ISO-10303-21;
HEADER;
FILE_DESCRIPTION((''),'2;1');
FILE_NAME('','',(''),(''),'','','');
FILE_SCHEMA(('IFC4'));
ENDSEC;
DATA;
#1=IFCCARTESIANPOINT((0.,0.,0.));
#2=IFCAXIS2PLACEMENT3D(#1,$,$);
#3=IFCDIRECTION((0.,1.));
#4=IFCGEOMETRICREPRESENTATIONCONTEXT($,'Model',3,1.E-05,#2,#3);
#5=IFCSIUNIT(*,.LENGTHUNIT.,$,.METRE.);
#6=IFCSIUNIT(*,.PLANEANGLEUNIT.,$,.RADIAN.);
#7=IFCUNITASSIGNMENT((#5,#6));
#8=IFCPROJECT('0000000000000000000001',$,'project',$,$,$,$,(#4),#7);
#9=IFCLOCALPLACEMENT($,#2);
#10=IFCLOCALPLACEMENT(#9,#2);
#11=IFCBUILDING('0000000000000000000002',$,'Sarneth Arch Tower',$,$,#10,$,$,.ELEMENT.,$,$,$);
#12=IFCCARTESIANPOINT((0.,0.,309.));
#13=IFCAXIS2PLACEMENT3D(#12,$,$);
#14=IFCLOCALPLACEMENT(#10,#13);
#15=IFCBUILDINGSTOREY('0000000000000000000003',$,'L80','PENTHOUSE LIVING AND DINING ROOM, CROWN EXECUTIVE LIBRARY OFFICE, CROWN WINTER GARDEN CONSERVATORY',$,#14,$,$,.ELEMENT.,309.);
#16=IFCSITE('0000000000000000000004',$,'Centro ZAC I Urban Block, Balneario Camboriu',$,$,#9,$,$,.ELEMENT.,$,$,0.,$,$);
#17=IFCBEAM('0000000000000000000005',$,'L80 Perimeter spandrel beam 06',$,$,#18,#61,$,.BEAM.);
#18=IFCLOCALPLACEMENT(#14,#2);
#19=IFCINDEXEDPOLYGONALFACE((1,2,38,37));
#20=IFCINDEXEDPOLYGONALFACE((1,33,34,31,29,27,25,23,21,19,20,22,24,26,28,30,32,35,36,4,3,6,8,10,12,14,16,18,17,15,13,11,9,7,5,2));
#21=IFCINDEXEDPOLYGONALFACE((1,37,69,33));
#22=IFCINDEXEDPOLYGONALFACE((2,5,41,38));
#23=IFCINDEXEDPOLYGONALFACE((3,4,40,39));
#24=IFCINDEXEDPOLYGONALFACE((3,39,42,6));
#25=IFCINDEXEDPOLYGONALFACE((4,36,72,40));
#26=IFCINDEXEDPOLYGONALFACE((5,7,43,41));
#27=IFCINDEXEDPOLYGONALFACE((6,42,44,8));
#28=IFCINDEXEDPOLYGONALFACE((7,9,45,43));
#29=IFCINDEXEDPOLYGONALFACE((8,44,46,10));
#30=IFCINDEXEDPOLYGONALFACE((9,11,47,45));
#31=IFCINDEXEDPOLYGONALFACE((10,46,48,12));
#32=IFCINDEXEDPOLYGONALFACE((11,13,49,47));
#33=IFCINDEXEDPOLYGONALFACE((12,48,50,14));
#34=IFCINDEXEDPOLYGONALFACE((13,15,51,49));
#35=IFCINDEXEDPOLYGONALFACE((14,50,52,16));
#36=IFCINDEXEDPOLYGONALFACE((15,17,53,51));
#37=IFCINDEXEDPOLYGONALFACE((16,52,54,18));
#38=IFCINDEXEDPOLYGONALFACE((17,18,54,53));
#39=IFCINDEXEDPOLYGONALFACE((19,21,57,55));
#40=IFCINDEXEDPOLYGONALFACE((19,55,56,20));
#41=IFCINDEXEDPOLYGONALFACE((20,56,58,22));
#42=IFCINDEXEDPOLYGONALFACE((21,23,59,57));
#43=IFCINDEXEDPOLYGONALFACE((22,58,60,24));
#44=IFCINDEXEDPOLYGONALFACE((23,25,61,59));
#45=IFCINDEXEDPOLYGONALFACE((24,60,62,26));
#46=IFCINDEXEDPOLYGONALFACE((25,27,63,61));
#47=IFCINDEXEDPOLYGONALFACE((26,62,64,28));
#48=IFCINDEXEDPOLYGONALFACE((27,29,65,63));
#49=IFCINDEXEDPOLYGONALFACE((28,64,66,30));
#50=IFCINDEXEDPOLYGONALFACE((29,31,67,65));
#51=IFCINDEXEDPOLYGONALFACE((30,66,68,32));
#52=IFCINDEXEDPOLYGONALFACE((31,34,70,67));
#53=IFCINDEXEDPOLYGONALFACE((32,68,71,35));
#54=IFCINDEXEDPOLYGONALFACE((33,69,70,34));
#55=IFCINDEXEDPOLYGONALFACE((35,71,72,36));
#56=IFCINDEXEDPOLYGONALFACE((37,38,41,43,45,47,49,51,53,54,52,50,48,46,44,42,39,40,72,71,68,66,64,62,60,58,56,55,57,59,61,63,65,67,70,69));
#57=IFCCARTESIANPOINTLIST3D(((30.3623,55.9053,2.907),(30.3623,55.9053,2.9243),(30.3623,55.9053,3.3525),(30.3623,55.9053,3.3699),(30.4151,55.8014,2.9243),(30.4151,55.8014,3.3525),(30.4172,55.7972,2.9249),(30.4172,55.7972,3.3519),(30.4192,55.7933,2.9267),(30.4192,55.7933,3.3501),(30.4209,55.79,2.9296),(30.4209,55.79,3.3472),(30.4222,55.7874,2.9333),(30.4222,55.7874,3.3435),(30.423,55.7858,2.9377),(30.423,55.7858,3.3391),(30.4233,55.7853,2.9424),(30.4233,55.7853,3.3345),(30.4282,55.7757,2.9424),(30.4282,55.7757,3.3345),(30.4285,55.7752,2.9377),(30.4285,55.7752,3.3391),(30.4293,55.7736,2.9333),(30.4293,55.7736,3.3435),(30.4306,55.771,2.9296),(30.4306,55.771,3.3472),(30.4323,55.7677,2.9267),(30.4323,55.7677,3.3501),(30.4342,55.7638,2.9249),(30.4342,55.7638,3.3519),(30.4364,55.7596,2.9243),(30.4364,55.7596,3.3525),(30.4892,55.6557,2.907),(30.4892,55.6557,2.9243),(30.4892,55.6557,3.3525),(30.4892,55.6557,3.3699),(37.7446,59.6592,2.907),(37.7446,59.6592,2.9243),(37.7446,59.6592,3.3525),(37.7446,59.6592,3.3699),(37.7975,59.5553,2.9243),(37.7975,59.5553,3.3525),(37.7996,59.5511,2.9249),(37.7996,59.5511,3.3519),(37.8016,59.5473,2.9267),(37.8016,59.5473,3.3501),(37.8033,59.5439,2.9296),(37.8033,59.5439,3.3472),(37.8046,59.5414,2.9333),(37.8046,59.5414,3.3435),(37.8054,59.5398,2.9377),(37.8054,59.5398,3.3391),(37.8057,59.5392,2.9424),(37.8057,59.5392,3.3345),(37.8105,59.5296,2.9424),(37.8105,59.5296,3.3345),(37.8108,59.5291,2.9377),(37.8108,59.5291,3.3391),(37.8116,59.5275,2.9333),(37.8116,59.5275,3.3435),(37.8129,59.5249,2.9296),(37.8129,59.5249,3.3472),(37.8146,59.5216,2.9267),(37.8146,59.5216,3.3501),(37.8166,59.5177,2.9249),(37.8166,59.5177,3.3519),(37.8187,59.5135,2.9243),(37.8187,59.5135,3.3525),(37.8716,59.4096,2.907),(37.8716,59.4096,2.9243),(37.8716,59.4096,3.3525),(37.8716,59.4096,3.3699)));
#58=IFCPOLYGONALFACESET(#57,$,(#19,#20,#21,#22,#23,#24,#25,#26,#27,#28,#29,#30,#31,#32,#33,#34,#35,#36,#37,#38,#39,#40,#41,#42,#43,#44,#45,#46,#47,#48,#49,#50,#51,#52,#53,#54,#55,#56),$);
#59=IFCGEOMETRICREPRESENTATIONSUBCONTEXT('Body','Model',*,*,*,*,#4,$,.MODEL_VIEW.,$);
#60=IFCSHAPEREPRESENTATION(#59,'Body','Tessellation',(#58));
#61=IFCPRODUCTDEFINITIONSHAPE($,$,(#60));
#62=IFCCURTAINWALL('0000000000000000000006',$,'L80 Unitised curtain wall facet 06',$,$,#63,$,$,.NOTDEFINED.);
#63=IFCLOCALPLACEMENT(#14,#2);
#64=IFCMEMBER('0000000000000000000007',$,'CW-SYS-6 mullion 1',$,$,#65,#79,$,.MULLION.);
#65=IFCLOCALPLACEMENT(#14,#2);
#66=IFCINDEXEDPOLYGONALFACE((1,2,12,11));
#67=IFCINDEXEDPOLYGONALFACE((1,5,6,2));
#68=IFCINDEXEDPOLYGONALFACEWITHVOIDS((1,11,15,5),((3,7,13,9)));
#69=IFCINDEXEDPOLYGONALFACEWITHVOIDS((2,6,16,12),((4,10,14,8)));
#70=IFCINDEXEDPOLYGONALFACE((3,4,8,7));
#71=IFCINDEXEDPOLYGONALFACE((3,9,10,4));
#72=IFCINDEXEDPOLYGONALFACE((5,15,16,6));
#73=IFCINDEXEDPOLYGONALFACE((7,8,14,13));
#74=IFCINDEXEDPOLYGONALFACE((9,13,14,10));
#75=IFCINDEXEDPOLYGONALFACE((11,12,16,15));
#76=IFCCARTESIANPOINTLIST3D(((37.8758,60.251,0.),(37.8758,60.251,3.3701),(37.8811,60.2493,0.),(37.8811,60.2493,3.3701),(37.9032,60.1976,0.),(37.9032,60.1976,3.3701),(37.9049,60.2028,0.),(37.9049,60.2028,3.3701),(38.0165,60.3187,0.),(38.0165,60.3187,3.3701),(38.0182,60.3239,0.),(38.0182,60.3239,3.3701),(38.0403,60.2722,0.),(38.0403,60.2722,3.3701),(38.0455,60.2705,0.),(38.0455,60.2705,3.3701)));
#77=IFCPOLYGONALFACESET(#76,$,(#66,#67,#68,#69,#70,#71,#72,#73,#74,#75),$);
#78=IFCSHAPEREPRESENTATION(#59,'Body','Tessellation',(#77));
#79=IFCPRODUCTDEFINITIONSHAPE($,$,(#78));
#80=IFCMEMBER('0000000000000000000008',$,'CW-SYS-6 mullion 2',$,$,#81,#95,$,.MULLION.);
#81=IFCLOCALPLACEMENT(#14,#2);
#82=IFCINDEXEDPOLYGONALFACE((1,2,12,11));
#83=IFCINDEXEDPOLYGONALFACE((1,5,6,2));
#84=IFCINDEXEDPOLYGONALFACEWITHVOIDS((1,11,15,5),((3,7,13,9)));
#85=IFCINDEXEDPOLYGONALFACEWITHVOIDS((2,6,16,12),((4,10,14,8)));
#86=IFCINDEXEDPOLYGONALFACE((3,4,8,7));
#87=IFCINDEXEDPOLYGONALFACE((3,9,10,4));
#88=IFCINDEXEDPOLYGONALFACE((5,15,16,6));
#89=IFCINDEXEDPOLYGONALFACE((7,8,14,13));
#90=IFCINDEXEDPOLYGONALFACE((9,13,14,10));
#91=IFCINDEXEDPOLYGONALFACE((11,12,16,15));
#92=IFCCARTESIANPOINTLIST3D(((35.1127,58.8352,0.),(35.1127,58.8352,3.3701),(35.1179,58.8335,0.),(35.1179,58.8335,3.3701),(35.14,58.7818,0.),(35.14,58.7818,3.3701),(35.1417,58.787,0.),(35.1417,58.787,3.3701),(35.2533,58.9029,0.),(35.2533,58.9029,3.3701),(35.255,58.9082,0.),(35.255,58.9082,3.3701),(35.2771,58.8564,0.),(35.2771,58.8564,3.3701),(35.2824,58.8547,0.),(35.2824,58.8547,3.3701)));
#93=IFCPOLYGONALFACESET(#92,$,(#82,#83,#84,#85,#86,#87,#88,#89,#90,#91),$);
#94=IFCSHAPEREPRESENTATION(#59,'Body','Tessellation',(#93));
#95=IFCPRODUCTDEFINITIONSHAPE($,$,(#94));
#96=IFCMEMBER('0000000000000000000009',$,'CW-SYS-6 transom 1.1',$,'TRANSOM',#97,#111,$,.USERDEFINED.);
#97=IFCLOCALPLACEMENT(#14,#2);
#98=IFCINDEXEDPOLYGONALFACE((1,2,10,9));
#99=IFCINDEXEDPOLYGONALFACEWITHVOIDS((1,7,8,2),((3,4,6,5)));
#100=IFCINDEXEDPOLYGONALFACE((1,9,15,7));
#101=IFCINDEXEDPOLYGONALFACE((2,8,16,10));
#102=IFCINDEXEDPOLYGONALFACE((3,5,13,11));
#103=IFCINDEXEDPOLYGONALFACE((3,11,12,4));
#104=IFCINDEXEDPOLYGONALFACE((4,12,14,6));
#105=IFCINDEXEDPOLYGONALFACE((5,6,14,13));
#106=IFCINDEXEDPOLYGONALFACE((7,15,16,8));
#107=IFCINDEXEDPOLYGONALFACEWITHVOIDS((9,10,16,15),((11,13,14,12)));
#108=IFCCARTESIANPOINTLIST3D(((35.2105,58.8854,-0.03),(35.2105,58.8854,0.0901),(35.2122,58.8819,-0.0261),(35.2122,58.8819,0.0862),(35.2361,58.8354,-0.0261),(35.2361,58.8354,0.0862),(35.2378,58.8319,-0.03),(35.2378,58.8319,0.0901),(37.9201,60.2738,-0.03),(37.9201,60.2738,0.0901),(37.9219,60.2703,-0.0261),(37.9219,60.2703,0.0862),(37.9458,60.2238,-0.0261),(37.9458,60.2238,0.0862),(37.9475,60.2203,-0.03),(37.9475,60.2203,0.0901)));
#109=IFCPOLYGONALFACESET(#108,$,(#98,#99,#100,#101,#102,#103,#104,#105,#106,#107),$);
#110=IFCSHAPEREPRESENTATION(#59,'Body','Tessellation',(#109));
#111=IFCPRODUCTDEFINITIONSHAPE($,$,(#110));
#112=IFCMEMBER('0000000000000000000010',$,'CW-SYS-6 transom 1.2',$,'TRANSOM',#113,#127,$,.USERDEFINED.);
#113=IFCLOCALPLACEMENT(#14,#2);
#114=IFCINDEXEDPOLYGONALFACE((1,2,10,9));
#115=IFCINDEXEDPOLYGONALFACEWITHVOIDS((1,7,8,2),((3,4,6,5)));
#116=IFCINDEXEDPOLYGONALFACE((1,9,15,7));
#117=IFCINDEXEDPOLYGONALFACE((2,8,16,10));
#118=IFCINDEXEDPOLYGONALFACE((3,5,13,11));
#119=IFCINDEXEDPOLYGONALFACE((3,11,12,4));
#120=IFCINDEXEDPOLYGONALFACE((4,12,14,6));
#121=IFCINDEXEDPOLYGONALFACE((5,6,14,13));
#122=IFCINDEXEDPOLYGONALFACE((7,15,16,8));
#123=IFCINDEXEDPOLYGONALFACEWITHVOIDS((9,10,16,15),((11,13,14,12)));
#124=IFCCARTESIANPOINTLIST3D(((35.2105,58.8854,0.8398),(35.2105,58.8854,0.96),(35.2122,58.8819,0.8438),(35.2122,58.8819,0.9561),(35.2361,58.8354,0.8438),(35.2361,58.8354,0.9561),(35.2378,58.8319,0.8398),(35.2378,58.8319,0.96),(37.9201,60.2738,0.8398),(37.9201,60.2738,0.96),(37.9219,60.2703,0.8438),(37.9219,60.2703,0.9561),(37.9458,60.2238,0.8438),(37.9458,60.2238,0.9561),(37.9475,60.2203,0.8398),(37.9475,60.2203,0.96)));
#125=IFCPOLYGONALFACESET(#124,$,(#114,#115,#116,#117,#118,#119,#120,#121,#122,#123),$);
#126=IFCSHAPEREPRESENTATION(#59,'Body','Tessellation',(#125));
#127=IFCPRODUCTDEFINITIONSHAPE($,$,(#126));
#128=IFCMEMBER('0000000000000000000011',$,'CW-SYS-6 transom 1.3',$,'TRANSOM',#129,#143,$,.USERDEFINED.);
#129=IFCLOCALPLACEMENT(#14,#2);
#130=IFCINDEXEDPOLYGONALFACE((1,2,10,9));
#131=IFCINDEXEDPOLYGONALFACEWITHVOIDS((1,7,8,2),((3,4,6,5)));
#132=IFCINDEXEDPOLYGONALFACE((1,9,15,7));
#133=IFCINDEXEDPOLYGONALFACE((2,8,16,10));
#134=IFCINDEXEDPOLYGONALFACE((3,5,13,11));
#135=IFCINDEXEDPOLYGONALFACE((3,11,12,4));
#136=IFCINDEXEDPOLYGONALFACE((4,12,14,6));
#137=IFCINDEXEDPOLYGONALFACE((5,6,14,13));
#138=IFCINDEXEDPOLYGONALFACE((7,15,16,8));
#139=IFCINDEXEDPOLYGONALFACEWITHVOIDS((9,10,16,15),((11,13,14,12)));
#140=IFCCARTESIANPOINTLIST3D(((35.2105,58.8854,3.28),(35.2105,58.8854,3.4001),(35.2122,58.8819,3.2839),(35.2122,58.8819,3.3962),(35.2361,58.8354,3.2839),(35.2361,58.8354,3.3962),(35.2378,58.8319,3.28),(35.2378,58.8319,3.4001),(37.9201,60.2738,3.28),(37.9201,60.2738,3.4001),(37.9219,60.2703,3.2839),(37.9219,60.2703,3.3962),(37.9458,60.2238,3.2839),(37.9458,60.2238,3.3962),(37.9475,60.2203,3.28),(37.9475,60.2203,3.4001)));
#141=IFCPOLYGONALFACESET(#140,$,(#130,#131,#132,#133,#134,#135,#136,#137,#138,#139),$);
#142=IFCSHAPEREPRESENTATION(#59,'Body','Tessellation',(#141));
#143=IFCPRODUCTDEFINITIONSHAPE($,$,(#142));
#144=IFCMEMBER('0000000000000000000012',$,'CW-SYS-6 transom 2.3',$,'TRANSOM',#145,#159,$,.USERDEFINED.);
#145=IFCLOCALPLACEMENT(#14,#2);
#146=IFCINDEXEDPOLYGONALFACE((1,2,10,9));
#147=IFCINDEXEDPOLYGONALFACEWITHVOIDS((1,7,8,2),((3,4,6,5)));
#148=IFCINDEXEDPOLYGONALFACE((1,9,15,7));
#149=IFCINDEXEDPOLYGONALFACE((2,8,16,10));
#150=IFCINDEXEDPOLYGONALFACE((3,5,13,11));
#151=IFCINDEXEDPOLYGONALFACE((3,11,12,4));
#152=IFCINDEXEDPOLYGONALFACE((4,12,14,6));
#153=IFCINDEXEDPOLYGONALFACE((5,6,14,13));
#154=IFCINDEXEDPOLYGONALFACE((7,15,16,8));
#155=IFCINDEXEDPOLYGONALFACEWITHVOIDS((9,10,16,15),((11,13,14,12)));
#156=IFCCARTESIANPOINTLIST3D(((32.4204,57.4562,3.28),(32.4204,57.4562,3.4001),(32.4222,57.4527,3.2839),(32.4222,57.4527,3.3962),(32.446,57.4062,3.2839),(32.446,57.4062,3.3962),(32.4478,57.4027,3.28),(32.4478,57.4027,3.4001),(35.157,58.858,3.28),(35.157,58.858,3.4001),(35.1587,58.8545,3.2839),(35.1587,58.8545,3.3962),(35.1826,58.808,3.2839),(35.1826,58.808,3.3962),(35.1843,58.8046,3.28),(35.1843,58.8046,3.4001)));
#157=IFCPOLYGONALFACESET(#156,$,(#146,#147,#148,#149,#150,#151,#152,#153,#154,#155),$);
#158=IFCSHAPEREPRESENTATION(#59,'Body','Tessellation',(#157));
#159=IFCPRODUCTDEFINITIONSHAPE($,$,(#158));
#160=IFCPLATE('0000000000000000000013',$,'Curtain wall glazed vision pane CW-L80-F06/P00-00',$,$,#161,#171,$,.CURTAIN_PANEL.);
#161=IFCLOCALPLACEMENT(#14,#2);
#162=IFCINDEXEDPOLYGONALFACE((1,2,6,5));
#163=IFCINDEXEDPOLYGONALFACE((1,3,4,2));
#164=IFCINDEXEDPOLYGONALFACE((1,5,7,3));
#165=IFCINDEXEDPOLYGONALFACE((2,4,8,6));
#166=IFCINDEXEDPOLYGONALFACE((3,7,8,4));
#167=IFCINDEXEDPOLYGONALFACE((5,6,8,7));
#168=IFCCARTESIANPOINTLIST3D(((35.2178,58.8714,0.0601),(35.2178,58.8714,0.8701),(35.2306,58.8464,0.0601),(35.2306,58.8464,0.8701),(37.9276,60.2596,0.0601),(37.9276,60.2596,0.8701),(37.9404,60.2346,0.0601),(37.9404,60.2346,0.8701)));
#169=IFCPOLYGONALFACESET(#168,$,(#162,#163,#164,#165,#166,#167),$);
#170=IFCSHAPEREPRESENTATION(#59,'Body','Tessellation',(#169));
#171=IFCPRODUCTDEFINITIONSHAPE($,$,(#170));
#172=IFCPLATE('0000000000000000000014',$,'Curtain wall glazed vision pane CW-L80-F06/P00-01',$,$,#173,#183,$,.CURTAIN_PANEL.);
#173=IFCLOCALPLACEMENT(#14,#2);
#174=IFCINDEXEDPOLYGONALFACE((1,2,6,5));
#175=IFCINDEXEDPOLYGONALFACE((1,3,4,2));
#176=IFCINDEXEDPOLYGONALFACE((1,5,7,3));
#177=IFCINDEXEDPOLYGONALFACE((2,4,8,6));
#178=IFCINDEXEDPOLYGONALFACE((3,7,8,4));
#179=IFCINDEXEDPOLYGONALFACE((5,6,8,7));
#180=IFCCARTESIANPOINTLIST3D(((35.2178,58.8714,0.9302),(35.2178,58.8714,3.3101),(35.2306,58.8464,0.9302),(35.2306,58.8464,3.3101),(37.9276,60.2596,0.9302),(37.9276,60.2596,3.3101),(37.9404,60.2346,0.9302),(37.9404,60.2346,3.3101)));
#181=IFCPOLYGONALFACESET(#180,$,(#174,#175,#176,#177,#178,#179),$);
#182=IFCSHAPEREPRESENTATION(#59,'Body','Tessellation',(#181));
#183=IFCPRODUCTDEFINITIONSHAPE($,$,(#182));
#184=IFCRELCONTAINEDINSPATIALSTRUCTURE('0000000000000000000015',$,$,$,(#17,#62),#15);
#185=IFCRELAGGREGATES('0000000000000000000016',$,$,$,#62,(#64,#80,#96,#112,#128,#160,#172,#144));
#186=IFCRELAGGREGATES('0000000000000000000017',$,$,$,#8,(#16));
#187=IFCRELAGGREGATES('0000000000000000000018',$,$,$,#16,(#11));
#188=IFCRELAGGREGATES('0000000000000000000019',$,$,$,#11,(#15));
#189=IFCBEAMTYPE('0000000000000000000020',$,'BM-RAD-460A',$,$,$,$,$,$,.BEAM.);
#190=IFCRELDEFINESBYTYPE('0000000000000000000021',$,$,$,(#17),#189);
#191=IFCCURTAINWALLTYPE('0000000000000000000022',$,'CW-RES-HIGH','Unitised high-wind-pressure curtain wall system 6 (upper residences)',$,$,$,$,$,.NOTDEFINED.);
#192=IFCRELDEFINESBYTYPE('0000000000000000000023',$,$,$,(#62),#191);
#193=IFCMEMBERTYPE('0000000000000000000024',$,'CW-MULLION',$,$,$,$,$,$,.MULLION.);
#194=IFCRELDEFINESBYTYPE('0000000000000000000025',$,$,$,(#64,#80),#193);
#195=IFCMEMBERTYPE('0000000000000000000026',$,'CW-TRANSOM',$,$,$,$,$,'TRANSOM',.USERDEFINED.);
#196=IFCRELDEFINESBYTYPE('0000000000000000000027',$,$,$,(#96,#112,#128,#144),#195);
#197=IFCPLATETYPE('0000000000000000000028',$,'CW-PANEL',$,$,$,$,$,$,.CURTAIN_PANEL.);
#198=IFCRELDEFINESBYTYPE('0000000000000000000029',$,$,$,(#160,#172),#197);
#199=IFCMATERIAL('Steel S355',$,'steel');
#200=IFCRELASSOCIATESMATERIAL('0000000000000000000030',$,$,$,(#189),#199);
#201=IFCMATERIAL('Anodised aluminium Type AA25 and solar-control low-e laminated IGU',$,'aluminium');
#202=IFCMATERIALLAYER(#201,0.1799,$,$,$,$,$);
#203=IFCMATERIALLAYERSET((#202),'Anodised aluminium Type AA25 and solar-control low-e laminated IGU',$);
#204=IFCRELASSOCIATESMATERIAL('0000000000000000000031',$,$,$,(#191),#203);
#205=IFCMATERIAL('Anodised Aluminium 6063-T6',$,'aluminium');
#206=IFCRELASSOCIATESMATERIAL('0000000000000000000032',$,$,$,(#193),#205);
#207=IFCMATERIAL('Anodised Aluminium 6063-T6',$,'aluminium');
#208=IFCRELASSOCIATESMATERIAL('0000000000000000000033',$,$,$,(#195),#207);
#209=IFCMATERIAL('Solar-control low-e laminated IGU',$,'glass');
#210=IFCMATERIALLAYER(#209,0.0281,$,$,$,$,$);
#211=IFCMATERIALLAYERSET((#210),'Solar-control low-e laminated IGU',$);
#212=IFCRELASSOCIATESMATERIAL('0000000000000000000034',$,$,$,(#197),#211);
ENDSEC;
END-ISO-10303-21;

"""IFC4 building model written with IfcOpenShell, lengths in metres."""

from ifc_helpers import new_model, si_unit, direction, frame, origin, origin_2d, place, context, subcontext, project, spatial, rectangle, hollow_rectangle, i_section, extrude, material, layer, layer_set, material_profile, profile_set, type_object, element, aggregate, save


model = new_model("IFC4")

# Units and contexts
model_context = context("Model", 3, precision=1e-05, world=origin(), true_north=direction((0.0, 1.0)))
body_context = subcontext(model_context, "Body", "Model", "MODEL_VIEW")
ifc_project = project(units=[si_unit("LENGTHUNIT", "METRE"), si_unit("PLANEANGLEUNIT", "RADIAN")], contexts=[model_context])

# Site, building, storey
site_placement = place(None, origin())
site = spatial("IfcSite", under=ifc_project, at=site_placement, Name="Centro ZAC I Urban Block, Balneario Camboriu", CompositionType="ELEMENT", RefElevation=0.0)
building_placement = place(site_placement, origin())
building = spatial("IfcBuilding", under=site, at=building_placement, Name="Sarneth Arch Tower", CompositionType="ELEMENT")
storey_placement = place(building_placement, frame((0.0, 0.0, 309.0)))
storey = spatial("IfcBuildingStorey", under=building, at=storey_placement, Name="L80", Description="PENTHOUSE LIVING AND DINING ROOM, CROWN EXECUTIVE LIBRARY OFFICE, CROWN WINTER GARDEN CONSERVATORY", CompositionType="ELEMENT", Elevation=309.0)

# Beam
ifc_material_1 = material(Name="Steel S355", Category="steel")
ifc_material_profile_1 = material_profile(ifc_material_1, i_section(OverallWidth=0.28, OverallDepth=0.4629, WebThickness=0.0107, FlangeThickness=0.0173, FilletRadius=0.0181, at=origin_2d()), Name="W460x113")
ifc_profile_set_1 = profile_set([ifc_material_profile_1], Name="Steel S355")
beam_type_1 = type_object("IfcBeamType", Name="BM-RAD-460A", PredefinedType="BEAM", material=ifc_profile_set_1)
beam_1_placement = place(storey_placement, frame((37.8081, 59.5344, 3.1384), z_axis=(-0.891376, -0.453264, 0.0), x_axis=(0.453264, -0.891376, 0.0)))
element("IfcBeam", 1, at=beam_1_placement, inside=storey, type_object=beam_type_1, Name="L80 Perimeter spandrel beam 06", PredefinedType="BEAM", context=body_context, shape_type="SweptSolid", body=[
    extrude(i_section(OverallWidth=0.28, OverallDepth=0.4629, WebThickness=0.0107, FlangeThickness=0.0173, FilletRadius=0.0181, at=origin_2d()), origin(), (0.0, 0.0, 1.0), 8.282),
])

# Curtain wall, members, plates
ifc_material_2 = material(Name="Anodised aluminium Type AA25 and solar-control low-e laminated IGU", Category="aluminium")
ifc_layer_1 = layer(ifc_material_2, 0.1799)
ifc_layer_set_1 = layer_set([ifc_layer_1], Name="Anodised aluminium Type AA25 and solar-control low-e laminated IGU")
curtain_wall_type = type_object("IfcCurtainWallType", Name="CW-RES-HIGH", Description="Unitised high-wind-pressure curtain wall system 6 (upper residences)", PredefinedType="NOTDEFINED", material=ifc_layer_set_1)
curtain_wall_placement = place(storey_placement, origin())
curtain_wall = element("IfcCurtainWall", 2, at=curtain_wall_placement, inside=storey, type_object=curtain_wall_type, Name="L80 Unitised curtain wall facet 06", PredefinedType="NOTDEFINED")
ifc_material_3 = material(Name="Anodised Aluminium 6063-T6", Category="aluminium")
ifc_material_profile_2 = material_profile(ifc_material_3, hollow_rectangle(XDim=0.0601, YDim=0.1599, WallThickness=0.0039, at=origin_2d()), Name="AL-MULL-160x60x4")
ifc_profile_set_2 = profile_set([ifc_material_profile_2], Name="Anodised Aluminium 6063-T6")
member_type_1 = type_object("IfcMemberType", Name="CW-MULLION", PredefinedType="MULLION", material=ifc_profile_set_2)
member_1_placement = place(storey_placement, frame((37.9607, 60.2607, 0.0), z_axis=(0.0, 0.0, 1.0), x_axis=(0.455942, -0.89001, 0.0)))
member_1 = element("IfcMember", 3, at=member_1_placement, type_object=member_type_1, Name="CW-SYS-6 mullion 1", PredefinedType="MULLION", context=body_context, shape_type="SweptSolid", body=[
    extrude(hollow_rectangle(XDim=0.0601, YDim=0.1599, WallThickness=0.0039, at=origin_2d()), origin(), (0.0, 0.0, 1.0), 3.3701),
])
member_2_placement = place(storey_placement, frame((35.1975, 58.845, 0.0), z_axis=(0.0, 0.0, 1.0), x_axis=(0.455942, -0.89001, 0.0)))
member_2 = element("IfcMember", 4, at=member_2_placement, type_object=member_type_1, Name="CW-SYS-6 mullion 2", PredefinedType="MULLION", context=body_context, shape_type="SweptSolid", body=[
    extrude(hollow_rectangle(XDim=0.0601, YDim=0.1599, WallThickness=0.0039, at=origin_2d()), origin(), (0.0, 0.0, 1.0), 3.3701),
])
ifc_material_4 = material(Name="Anodised Aluminium 6063-T6", Category="aluminium")
ifc_material_profile_3 = material_profile(ifc_material_4, hollow_rectangle(XDim=0.0601, YDim=0.1201, WallThickness=0.0039, at=origin_2d()), Name="AL-TRAN-120x60x4")
ifc_profile_set_3 = profile_set([ifc_material_profile_3], Name="Anodised Aluminium 6063-T6")
member_type_2 = type_object("IfcMemberType", Name="CW-TRANSOM", ElementType="TRANSOM", PredefinedType="USERDEFINED", material=ifc_profile_set_3)
member_3_placement = place(storey_placement, frame((37.9338, 60.2471, 0.03), z_axis=(-0.889974, -0.456012, 0.0), x_axis=(0.456012, -0.889974, 0.0)))
member_3 = element("IfcMember", 5, at=member_3_placement, type_object=member_type_2, Name="CW-SYS-6 transom 1.1", ObjectType="TRANSOM", PredefinedType="USERDEFINED", context=body_context, shape_type="SweptSolid", body=[
    extrude(hollow_rectangle(XDim=0.0601, YDim=0.1201, WallThickness=0.0039, at=origin_2d()), origin(), (0.0, 0.0, 1.0), 3.0447),
])
member_4_placement = place(storey_placement, frame((37.9338, 60.2471, 0.8999), z_axis=(-0.889974, -0.456012, 0.0), x_axis=(0.456012, -0.889974, 0.0)))
member_4 = element("IfcMember", 6, at=member_4_placement, type_object=member_type_2, Name="CW-SYS-6 transom 1.2", ObjectType="TRANSOM", PredefinedType="USERDEFINED", context=body_context, shape_type="SweptSolid", body=[
    extrude(hollow_rectangle(XDim=0.0601, YDim=0.1201, WallThickness=0.0039, at=origin_2d()), origin(), (0.0, 0.0, 1.0), 3.0447),
])
member_5_placement = place(storey_placement, frame((37.9338, 60.2471, 3.3401), z_axis=(-0.889974, -0.456012, 0.0), x_axis=(0.456012, -0.889974, 0.0)))
member_5 = element("IfcMember", 7, at=member_5_placement, type_object=member_type_2, Name="CW-SYS-6 transom 1.3", ObjectType="TRANSOM", PredefinedType="USERDEFINED", context=body_context, shape_type="SweptSolid", body=[
    extrude(hollow_rectangle(XDim=0.0601, YDim=0.1201, WallThickness=0.0039, at=origin_2d()), origin(), (0.0, 0.0, 1.0), 3.0447),
])
member_6_placement = place(storey_placement, frame((35.1707, 58.8313, 3.3401), z_axis=(-0.890017, -0.455926, 0.0), x_axis=(0.455926, -0.890017, 0.0)))
member_6 = element("IfcMember", 8, at=member_6_placement, type_object=member_type_2, Name="CW-SYS-6 transom 2.3", ObjectType="TRANSOM", PredefinedType="USERDEFINED", context=body_context, shape_type="SweptSolid", body=[
    extrude(hollow_rectangle(XDim=0.0601, YDim=0.1201, WallThickness=0.0039, at=origin_2d()), origin(), (0.0, 0.0, 1.0), 3.0747),
])
ifc_material_5 = material(Name="Solar-control low-e laminated IGU", Category="glass")
ifc_layer_2 = layer(ifc_material_5, 0.0281)
ifc_layer_set_2 = layer_set([ifc_layer_2], Name="Solar-control low-e laminated IGU")
plate_type = type_object("IfcPlateType", Name="CW-PANEL", PredefinedType="CURTAIN_PANEL", material=ifc_layer_set_2)
plate_1_placement = place(storey_placement, frame((36.5791, 59.553, 0.0601), z_axis=(0.0, 0.0, 1.0), x_axis=(-0.89001, -0.455942, 0.0)))
plate_1 = element("IfcPlate", 9, at=plate_1_placement, type_object=plate_type, Name="Curtain wall glazed vision pane CW-L80-F06/P00-00", PredefinedType="CURTAIN_PANEL", context=body_context, shape_type="SweptSolid", body=[
    extrude(rectangle(XDim=3.0447, YDim=0.0281, at=origin_2d()), origin(), (0.0, 0.0, 1.0), 0.8101),
])
plate_2_placement = place(storey_placement, frame((36.5791, 59.553, 0.9302), z_axis=(0.0, 0.0, 1.0), x_axis=(-0.89001, -0.455942, 0.0)))
plate_2 = element("IfcPlate", 10, at=plate_2_placement, type_object=plate_type, Name="Curtain wall glazed vision pane CW-L80-F06/P00-01", PredefinedType="CURTAIN_PANEL", context=body_context, shape_type="SweptSolid", body=[
    extrude(rectangle(XDim=3.0447, YDim=0.0281, at=origin_2d()), origin(), (0.0, 0.0, 1.0), 2.3799),
])
aggregate(curtain_wall, [member_1, member_2, member_3, member_4, member_5, plate_1, plate_2, member_6])

save(model, "model.ifc")
